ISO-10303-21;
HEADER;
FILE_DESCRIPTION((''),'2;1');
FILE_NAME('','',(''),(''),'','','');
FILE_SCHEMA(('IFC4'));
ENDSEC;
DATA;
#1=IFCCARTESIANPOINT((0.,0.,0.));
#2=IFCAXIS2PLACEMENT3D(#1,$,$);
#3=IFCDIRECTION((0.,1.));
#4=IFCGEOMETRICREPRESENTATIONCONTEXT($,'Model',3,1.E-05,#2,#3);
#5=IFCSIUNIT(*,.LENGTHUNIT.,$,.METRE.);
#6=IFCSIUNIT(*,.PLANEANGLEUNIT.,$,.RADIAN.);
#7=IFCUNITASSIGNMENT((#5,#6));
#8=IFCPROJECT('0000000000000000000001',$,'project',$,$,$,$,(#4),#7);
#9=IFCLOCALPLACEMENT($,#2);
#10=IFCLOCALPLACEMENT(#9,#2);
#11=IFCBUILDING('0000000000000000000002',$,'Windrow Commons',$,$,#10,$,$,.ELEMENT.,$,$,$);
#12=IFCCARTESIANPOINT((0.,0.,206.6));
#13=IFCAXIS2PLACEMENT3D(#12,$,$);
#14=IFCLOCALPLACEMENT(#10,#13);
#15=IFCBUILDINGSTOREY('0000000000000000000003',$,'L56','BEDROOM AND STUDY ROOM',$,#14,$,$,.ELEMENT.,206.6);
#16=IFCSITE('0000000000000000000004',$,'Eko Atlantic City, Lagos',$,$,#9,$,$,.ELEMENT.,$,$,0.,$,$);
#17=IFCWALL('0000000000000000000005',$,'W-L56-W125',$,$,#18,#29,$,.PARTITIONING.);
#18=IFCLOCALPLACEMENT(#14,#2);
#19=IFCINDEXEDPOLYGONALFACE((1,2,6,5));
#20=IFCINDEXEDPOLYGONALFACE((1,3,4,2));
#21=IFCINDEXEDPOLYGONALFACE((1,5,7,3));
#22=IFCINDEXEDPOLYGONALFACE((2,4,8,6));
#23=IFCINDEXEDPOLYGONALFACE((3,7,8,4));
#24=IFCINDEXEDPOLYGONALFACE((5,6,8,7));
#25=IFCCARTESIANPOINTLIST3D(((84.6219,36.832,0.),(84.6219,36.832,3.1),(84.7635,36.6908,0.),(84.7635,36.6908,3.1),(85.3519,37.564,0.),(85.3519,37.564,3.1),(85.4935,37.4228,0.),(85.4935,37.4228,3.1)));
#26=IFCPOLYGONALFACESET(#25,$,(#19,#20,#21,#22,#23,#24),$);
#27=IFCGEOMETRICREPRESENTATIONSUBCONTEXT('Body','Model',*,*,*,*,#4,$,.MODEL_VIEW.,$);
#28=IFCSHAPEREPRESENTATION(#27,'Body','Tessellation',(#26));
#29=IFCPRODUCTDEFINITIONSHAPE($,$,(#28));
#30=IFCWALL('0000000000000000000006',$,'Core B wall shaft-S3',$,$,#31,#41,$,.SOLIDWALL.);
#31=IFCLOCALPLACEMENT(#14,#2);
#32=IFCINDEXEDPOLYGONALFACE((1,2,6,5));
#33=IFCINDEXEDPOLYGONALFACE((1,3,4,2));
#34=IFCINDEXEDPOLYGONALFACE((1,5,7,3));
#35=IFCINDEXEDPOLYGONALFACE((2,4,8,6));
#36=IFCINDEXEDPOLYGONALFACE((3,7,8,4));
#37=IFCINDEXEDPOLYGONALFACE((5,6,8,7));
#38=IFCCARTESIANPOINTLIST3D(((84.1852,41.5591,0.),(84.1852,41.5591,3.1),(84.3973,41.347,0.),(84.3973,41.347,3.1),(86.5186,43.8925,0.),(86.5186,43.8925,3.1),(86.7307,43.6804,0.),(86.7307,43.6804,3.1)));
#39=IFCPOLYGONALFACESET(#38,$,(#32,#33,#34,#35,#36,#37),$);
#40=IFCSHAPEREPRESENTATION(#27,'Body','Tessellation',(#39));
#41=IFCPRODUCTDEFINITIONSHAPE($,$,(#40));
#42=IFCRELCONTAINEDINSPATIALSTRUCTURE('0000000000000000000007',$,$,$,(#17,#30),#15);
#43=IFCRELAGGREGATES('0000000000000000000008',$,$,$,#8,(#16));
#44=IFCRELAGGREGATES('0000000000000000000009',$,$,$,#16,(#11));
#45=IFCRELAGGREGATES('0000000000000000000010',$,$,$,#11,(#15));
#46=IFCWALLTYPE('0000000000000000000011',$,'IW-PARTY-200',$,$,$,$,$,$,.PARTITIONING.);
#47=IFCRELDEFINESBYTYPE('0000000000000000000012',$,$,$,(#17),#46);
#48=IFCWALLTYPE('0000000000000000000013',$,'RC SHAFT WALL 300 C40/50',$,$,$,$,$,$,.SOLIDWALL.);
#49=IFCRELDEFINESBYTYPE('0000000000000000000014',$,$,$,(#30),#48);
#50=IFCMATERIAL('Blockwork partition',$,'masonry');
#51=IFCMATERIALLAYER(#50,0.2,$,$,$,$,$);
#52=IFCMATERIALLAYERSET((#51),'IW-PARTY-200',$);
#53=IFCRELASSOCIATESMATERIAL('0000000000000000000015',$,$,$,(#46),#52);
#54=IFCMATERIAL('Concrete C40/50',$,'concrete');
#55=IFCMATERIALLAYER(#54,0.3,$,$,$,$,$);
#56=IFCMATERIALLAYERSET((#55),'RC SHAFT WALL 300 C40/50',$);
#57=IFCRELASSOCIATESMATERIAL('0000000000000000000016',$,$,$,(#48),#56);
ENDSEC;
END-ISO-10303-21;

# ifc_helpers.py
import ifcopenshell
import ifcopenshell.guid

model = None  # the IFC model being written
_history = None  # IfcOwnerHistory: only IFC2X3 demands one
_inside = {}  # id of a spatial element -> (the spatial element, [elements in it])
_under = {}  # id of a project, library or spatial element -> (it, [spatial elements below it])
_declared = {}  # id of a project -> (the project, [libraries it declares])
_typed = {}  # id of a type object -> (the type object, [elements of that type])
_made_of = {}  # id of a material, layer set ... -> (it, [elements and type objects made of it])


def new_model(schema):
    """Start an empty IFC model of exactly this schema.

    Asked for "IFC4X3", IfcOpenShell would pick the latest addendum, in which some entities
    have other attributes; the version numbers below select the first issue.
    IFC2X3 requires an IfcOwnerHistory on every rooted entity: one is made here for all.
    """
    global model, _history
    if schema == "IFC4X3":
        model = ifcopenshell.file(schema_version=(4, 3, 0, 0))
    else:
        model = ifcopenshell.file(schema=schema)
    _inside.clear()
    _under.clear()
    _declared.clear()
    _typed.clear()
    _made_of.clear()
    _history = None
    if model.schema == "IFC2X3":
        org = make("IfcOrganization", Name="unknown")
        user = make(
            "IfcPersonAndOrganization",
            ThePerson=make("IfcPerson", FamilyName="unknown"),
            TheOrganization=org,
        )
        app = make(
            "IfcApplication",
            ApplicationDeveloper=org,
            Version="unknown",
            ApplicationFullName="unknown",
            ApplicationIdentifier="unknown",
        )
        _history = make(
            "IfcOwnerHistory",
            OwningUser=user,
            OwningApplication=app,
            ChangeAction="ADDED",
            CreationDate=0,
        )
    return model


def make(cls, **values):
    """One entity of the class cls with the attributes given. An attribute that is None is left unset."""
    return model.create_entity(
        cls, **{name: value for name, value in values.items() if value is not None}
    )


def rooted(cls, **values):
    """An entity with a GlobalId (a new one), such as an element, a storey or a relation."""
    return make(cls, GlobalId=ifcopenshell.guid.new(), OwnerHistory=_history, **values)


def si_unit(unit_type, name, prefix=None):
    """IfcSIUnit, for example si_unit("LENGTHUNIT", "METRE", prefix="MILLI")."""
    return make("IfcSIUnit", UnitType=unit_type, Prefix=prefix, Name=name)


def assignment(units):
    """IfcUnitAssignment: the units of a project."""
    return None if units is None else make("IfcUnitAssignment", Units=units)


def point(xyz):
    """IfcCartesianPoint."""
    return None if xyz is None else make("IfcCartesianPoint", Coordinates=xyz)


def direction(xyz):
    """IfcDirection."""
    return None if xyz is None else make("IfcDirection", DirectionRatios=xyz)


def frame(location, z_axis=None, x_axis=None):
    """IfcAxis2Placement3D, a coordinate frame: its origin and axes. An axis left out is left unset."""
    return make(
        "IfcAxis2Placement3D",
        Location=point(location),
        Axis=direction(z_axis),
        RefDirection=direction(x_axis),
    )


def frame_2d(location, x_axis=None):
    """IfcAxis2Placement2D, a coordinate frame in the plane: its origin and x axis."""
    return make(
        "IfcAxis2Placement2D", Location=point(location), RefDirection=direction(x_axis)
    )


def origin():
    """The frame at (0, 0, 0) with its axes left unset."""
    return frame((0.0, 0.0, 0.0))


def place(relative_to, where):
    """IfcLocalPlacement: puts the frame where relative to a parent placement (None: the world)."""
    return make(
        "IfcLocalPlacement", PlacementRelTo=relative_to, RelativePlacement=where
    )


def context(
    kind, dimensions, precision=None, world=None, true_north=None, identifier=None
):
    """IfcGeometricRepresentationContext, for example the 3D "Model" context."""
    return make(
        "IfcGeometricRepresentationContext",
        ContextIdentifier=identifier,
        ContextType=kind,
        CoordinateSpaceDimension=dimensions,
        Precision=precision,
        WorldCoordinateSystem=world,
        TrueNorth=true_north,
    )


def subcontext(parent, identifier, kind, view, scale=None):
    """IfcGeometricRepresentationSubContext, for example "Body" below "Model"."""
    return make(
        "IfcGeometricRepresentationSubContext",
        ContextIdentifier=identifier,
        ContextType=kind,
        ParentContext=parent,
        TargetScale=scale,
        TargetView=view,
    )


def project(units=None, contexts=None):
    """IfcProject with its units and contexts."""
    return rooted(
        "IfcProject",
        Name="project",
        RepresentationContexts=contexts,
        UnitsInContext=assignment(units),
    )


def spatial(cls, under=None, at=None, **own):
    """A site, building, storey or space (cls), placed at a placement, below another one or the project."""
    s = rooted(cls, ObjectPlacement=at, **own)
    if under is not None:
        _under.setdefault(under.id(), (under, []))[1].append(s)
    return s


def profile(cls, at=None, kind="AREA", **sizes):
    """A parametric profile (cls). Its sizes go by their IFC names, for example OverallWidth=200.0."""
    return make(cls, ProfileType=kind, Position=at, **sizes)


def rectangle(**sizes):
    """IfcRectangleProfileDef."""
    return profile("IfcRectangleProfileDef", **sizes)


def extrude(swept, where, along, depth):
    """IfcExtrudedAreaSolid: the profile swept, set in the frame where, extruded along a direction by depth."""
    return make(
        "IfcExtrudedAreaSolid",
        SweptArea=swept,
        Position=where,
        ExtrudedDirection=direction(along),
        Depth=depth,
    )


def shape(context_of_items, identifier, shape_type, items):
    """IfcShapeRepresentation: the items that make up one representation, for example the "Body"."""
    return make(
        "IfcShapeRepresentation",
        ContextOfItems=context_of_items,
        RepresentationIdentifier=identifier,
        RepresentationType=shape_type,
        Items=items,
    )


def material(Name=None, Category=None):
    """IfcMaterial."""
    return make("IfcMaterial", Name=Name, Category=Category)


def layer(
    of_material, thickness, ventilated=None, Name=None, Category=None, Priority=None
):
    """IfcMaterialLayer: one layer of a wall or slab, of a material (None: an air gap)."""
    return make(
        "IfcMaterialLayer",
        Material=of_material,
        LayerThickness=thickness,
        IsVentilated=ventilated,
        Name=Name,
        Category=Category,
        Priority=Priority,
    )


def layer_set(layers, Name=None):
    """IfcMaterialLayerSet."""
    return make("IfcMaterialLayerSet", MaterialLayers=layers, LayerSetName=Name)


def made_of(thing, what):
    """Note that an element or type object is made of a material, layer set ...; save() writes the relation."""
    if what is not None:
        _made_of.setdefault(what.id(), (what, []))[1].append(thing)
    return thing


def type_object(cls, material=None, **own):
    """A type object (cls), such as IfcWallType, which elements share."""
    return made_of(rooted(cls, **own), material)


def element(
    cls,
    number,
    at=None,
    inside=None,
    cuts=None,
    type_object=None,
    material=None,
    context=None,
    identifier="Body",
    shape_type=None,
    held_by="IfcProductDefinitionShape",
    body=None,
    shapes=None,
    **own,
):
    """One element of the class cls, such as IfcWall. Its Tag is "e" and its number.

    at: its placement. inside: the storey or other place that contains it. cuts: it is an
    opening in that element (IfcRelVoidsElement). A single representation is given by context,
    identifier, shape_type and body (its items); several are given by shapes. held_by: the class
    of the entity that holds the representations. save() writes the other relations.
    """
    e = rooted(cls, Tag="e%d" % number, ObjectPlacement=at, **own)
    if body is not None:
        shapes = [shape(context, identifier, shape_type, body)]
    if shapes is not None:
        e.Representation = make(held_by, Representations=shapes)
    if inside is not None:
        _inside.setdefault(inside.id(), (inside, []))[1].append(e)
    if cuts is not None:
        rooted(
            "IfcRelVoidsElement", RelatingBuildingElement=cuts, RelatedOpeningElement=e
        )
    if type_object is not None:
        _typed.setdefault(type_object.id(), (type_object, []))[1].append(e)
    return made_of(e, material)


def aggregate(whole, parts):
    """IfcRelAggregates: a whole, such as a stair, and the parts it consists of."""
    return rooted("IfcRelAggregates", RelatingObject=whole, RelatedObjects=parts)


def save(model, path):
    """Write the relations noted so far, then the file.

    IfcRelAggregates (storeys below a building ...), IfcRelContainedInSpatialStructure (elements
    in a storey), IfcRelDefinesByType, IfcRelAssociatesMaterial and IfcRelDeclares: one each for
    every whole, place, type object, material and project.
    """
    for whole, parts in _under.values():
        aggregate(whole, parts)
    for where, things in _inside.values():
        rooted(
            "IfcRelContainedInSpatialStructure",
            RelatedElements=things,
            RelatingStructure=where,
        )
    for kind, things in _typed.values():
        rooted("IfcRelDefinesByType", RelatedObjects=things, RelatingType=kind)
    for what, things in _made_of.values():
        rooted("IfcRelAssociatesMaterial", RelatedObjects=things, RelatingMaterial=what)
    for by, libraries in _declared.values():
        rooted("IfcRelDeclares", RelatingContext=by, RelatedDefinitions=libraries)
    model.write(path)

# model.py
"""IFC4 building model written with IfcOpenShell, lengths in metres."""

from ifc_helpers import new_model, si_unit, direction, frame, frame_2d, origin, place, context, subcontext, project, spatial, rectangle, extrude, material, layer, layer_set, type_object, element, save


model = new_model("IFC4")

# Units and contexts
model_context = context("Model", 3, precision=1e-05, world=origin(), true_north=direction((0.0, 1.0)))
body_context = subcontext(model_context, "Body", "Model", "MODEL_VIEW")
ifc_project = project(units=[si_unit("LENGTHUNIT", "METRE"), si_unit("PLANEANGLEUNIT", "RADIAN")], contexts=[model_context])

# Site, building, storey
site_placement = place(None, origin())
site = spatial("IfcSite", under=ifc_project, at=site_placement, Name="Eko Atlantic City, Lagos", CompositionType="ELEMENT", RefElevation=0.0)
building_placement = place(site_placement, origin())
building = spatial("IfcBuilding", under=site, at=building_placement, Name="Windrow Commons", CompositionType="ELEMENT")
storey_placement = place(building_placement, frame((0.0, 0.0, 206.6)))
storey = spatial("IfcBuildingStorey", under=building, at=storey_placement, Name="L56", Description="BEDROOM AND STUDY ROOM", CompositionType="ELEMENT", Elevation=206.6)

# Walls
ifc_material_1 = material(Name="Blockwork partition", Category="masonry")
ifc_layer_1 = layer(ifc_material_1, 0.2)
ifc_layer_set_1 = layer_set([ifc_layer_1], Name="IW-PARTY-200")
wall_type_1 = type_object("IfcWallType", Name="IW-PARTY-200", PredefinedType="PARTITIONING", material=ifc_layer_set_1)
wall_1_placement = place(storey_placement, frame((84.6927, 36.7614, 0.0), z_axis=(0.0, 0.0, 1.0), x_axis=(0.706139, 0.708073, 0.0)))
element("IfcWall", 1, at=wall_1_placement, inside=storey, type_object=wall_type_1, Name="W-L56-W125", PredefinedType="PARTITIONING", context=body_context, shape_type="SweptSolid", body=[
    extrude(rectangle(XDim=1.0338, YDim=0.2, at=frame_2d((0.5169, 0.0))), origin(), (0.0, 0.0, 1.0), 3.1),
])
ifc_material_2 = material(Name="Concrete C40/50", Category="concrete")
ifc_layer_2 = layer(ifc_material_2, 0.3)
ifc_layer_set_2 = layer_set([ifc_layer_2], Name="RC SHAFT WALL 300 C40/50")
wall_type_2 = type_object("IfcWallType", Name="RC SHAFT WALL 300 C40/50", PredefinedType="SOLIDWALL", material=ifc_layer_set_2)
wall_2_placement = place(storey_placement, frame((84.2912, 41.453, 0.0), z_axis=(0.0, 0.0, 1.0), x_axis=(0.707107, 0.707107, 0.0)))
element("IfcWall", 2, at=wall_2_placement, inside=storey, type_object=wall_type_2, Name="Core B wall shaft-S3", PredefinedType="SOLIDWALL", context=body_context, shape_type="SweptSolid", body=[
    extrude(rectangle(XDim=3.2999, YDim=0.3, at=frame_2d((1.65, 0.0))), origin(), (0.0, 0.0, 1.0), 3.1),
])

save(model, "model.ifc")
